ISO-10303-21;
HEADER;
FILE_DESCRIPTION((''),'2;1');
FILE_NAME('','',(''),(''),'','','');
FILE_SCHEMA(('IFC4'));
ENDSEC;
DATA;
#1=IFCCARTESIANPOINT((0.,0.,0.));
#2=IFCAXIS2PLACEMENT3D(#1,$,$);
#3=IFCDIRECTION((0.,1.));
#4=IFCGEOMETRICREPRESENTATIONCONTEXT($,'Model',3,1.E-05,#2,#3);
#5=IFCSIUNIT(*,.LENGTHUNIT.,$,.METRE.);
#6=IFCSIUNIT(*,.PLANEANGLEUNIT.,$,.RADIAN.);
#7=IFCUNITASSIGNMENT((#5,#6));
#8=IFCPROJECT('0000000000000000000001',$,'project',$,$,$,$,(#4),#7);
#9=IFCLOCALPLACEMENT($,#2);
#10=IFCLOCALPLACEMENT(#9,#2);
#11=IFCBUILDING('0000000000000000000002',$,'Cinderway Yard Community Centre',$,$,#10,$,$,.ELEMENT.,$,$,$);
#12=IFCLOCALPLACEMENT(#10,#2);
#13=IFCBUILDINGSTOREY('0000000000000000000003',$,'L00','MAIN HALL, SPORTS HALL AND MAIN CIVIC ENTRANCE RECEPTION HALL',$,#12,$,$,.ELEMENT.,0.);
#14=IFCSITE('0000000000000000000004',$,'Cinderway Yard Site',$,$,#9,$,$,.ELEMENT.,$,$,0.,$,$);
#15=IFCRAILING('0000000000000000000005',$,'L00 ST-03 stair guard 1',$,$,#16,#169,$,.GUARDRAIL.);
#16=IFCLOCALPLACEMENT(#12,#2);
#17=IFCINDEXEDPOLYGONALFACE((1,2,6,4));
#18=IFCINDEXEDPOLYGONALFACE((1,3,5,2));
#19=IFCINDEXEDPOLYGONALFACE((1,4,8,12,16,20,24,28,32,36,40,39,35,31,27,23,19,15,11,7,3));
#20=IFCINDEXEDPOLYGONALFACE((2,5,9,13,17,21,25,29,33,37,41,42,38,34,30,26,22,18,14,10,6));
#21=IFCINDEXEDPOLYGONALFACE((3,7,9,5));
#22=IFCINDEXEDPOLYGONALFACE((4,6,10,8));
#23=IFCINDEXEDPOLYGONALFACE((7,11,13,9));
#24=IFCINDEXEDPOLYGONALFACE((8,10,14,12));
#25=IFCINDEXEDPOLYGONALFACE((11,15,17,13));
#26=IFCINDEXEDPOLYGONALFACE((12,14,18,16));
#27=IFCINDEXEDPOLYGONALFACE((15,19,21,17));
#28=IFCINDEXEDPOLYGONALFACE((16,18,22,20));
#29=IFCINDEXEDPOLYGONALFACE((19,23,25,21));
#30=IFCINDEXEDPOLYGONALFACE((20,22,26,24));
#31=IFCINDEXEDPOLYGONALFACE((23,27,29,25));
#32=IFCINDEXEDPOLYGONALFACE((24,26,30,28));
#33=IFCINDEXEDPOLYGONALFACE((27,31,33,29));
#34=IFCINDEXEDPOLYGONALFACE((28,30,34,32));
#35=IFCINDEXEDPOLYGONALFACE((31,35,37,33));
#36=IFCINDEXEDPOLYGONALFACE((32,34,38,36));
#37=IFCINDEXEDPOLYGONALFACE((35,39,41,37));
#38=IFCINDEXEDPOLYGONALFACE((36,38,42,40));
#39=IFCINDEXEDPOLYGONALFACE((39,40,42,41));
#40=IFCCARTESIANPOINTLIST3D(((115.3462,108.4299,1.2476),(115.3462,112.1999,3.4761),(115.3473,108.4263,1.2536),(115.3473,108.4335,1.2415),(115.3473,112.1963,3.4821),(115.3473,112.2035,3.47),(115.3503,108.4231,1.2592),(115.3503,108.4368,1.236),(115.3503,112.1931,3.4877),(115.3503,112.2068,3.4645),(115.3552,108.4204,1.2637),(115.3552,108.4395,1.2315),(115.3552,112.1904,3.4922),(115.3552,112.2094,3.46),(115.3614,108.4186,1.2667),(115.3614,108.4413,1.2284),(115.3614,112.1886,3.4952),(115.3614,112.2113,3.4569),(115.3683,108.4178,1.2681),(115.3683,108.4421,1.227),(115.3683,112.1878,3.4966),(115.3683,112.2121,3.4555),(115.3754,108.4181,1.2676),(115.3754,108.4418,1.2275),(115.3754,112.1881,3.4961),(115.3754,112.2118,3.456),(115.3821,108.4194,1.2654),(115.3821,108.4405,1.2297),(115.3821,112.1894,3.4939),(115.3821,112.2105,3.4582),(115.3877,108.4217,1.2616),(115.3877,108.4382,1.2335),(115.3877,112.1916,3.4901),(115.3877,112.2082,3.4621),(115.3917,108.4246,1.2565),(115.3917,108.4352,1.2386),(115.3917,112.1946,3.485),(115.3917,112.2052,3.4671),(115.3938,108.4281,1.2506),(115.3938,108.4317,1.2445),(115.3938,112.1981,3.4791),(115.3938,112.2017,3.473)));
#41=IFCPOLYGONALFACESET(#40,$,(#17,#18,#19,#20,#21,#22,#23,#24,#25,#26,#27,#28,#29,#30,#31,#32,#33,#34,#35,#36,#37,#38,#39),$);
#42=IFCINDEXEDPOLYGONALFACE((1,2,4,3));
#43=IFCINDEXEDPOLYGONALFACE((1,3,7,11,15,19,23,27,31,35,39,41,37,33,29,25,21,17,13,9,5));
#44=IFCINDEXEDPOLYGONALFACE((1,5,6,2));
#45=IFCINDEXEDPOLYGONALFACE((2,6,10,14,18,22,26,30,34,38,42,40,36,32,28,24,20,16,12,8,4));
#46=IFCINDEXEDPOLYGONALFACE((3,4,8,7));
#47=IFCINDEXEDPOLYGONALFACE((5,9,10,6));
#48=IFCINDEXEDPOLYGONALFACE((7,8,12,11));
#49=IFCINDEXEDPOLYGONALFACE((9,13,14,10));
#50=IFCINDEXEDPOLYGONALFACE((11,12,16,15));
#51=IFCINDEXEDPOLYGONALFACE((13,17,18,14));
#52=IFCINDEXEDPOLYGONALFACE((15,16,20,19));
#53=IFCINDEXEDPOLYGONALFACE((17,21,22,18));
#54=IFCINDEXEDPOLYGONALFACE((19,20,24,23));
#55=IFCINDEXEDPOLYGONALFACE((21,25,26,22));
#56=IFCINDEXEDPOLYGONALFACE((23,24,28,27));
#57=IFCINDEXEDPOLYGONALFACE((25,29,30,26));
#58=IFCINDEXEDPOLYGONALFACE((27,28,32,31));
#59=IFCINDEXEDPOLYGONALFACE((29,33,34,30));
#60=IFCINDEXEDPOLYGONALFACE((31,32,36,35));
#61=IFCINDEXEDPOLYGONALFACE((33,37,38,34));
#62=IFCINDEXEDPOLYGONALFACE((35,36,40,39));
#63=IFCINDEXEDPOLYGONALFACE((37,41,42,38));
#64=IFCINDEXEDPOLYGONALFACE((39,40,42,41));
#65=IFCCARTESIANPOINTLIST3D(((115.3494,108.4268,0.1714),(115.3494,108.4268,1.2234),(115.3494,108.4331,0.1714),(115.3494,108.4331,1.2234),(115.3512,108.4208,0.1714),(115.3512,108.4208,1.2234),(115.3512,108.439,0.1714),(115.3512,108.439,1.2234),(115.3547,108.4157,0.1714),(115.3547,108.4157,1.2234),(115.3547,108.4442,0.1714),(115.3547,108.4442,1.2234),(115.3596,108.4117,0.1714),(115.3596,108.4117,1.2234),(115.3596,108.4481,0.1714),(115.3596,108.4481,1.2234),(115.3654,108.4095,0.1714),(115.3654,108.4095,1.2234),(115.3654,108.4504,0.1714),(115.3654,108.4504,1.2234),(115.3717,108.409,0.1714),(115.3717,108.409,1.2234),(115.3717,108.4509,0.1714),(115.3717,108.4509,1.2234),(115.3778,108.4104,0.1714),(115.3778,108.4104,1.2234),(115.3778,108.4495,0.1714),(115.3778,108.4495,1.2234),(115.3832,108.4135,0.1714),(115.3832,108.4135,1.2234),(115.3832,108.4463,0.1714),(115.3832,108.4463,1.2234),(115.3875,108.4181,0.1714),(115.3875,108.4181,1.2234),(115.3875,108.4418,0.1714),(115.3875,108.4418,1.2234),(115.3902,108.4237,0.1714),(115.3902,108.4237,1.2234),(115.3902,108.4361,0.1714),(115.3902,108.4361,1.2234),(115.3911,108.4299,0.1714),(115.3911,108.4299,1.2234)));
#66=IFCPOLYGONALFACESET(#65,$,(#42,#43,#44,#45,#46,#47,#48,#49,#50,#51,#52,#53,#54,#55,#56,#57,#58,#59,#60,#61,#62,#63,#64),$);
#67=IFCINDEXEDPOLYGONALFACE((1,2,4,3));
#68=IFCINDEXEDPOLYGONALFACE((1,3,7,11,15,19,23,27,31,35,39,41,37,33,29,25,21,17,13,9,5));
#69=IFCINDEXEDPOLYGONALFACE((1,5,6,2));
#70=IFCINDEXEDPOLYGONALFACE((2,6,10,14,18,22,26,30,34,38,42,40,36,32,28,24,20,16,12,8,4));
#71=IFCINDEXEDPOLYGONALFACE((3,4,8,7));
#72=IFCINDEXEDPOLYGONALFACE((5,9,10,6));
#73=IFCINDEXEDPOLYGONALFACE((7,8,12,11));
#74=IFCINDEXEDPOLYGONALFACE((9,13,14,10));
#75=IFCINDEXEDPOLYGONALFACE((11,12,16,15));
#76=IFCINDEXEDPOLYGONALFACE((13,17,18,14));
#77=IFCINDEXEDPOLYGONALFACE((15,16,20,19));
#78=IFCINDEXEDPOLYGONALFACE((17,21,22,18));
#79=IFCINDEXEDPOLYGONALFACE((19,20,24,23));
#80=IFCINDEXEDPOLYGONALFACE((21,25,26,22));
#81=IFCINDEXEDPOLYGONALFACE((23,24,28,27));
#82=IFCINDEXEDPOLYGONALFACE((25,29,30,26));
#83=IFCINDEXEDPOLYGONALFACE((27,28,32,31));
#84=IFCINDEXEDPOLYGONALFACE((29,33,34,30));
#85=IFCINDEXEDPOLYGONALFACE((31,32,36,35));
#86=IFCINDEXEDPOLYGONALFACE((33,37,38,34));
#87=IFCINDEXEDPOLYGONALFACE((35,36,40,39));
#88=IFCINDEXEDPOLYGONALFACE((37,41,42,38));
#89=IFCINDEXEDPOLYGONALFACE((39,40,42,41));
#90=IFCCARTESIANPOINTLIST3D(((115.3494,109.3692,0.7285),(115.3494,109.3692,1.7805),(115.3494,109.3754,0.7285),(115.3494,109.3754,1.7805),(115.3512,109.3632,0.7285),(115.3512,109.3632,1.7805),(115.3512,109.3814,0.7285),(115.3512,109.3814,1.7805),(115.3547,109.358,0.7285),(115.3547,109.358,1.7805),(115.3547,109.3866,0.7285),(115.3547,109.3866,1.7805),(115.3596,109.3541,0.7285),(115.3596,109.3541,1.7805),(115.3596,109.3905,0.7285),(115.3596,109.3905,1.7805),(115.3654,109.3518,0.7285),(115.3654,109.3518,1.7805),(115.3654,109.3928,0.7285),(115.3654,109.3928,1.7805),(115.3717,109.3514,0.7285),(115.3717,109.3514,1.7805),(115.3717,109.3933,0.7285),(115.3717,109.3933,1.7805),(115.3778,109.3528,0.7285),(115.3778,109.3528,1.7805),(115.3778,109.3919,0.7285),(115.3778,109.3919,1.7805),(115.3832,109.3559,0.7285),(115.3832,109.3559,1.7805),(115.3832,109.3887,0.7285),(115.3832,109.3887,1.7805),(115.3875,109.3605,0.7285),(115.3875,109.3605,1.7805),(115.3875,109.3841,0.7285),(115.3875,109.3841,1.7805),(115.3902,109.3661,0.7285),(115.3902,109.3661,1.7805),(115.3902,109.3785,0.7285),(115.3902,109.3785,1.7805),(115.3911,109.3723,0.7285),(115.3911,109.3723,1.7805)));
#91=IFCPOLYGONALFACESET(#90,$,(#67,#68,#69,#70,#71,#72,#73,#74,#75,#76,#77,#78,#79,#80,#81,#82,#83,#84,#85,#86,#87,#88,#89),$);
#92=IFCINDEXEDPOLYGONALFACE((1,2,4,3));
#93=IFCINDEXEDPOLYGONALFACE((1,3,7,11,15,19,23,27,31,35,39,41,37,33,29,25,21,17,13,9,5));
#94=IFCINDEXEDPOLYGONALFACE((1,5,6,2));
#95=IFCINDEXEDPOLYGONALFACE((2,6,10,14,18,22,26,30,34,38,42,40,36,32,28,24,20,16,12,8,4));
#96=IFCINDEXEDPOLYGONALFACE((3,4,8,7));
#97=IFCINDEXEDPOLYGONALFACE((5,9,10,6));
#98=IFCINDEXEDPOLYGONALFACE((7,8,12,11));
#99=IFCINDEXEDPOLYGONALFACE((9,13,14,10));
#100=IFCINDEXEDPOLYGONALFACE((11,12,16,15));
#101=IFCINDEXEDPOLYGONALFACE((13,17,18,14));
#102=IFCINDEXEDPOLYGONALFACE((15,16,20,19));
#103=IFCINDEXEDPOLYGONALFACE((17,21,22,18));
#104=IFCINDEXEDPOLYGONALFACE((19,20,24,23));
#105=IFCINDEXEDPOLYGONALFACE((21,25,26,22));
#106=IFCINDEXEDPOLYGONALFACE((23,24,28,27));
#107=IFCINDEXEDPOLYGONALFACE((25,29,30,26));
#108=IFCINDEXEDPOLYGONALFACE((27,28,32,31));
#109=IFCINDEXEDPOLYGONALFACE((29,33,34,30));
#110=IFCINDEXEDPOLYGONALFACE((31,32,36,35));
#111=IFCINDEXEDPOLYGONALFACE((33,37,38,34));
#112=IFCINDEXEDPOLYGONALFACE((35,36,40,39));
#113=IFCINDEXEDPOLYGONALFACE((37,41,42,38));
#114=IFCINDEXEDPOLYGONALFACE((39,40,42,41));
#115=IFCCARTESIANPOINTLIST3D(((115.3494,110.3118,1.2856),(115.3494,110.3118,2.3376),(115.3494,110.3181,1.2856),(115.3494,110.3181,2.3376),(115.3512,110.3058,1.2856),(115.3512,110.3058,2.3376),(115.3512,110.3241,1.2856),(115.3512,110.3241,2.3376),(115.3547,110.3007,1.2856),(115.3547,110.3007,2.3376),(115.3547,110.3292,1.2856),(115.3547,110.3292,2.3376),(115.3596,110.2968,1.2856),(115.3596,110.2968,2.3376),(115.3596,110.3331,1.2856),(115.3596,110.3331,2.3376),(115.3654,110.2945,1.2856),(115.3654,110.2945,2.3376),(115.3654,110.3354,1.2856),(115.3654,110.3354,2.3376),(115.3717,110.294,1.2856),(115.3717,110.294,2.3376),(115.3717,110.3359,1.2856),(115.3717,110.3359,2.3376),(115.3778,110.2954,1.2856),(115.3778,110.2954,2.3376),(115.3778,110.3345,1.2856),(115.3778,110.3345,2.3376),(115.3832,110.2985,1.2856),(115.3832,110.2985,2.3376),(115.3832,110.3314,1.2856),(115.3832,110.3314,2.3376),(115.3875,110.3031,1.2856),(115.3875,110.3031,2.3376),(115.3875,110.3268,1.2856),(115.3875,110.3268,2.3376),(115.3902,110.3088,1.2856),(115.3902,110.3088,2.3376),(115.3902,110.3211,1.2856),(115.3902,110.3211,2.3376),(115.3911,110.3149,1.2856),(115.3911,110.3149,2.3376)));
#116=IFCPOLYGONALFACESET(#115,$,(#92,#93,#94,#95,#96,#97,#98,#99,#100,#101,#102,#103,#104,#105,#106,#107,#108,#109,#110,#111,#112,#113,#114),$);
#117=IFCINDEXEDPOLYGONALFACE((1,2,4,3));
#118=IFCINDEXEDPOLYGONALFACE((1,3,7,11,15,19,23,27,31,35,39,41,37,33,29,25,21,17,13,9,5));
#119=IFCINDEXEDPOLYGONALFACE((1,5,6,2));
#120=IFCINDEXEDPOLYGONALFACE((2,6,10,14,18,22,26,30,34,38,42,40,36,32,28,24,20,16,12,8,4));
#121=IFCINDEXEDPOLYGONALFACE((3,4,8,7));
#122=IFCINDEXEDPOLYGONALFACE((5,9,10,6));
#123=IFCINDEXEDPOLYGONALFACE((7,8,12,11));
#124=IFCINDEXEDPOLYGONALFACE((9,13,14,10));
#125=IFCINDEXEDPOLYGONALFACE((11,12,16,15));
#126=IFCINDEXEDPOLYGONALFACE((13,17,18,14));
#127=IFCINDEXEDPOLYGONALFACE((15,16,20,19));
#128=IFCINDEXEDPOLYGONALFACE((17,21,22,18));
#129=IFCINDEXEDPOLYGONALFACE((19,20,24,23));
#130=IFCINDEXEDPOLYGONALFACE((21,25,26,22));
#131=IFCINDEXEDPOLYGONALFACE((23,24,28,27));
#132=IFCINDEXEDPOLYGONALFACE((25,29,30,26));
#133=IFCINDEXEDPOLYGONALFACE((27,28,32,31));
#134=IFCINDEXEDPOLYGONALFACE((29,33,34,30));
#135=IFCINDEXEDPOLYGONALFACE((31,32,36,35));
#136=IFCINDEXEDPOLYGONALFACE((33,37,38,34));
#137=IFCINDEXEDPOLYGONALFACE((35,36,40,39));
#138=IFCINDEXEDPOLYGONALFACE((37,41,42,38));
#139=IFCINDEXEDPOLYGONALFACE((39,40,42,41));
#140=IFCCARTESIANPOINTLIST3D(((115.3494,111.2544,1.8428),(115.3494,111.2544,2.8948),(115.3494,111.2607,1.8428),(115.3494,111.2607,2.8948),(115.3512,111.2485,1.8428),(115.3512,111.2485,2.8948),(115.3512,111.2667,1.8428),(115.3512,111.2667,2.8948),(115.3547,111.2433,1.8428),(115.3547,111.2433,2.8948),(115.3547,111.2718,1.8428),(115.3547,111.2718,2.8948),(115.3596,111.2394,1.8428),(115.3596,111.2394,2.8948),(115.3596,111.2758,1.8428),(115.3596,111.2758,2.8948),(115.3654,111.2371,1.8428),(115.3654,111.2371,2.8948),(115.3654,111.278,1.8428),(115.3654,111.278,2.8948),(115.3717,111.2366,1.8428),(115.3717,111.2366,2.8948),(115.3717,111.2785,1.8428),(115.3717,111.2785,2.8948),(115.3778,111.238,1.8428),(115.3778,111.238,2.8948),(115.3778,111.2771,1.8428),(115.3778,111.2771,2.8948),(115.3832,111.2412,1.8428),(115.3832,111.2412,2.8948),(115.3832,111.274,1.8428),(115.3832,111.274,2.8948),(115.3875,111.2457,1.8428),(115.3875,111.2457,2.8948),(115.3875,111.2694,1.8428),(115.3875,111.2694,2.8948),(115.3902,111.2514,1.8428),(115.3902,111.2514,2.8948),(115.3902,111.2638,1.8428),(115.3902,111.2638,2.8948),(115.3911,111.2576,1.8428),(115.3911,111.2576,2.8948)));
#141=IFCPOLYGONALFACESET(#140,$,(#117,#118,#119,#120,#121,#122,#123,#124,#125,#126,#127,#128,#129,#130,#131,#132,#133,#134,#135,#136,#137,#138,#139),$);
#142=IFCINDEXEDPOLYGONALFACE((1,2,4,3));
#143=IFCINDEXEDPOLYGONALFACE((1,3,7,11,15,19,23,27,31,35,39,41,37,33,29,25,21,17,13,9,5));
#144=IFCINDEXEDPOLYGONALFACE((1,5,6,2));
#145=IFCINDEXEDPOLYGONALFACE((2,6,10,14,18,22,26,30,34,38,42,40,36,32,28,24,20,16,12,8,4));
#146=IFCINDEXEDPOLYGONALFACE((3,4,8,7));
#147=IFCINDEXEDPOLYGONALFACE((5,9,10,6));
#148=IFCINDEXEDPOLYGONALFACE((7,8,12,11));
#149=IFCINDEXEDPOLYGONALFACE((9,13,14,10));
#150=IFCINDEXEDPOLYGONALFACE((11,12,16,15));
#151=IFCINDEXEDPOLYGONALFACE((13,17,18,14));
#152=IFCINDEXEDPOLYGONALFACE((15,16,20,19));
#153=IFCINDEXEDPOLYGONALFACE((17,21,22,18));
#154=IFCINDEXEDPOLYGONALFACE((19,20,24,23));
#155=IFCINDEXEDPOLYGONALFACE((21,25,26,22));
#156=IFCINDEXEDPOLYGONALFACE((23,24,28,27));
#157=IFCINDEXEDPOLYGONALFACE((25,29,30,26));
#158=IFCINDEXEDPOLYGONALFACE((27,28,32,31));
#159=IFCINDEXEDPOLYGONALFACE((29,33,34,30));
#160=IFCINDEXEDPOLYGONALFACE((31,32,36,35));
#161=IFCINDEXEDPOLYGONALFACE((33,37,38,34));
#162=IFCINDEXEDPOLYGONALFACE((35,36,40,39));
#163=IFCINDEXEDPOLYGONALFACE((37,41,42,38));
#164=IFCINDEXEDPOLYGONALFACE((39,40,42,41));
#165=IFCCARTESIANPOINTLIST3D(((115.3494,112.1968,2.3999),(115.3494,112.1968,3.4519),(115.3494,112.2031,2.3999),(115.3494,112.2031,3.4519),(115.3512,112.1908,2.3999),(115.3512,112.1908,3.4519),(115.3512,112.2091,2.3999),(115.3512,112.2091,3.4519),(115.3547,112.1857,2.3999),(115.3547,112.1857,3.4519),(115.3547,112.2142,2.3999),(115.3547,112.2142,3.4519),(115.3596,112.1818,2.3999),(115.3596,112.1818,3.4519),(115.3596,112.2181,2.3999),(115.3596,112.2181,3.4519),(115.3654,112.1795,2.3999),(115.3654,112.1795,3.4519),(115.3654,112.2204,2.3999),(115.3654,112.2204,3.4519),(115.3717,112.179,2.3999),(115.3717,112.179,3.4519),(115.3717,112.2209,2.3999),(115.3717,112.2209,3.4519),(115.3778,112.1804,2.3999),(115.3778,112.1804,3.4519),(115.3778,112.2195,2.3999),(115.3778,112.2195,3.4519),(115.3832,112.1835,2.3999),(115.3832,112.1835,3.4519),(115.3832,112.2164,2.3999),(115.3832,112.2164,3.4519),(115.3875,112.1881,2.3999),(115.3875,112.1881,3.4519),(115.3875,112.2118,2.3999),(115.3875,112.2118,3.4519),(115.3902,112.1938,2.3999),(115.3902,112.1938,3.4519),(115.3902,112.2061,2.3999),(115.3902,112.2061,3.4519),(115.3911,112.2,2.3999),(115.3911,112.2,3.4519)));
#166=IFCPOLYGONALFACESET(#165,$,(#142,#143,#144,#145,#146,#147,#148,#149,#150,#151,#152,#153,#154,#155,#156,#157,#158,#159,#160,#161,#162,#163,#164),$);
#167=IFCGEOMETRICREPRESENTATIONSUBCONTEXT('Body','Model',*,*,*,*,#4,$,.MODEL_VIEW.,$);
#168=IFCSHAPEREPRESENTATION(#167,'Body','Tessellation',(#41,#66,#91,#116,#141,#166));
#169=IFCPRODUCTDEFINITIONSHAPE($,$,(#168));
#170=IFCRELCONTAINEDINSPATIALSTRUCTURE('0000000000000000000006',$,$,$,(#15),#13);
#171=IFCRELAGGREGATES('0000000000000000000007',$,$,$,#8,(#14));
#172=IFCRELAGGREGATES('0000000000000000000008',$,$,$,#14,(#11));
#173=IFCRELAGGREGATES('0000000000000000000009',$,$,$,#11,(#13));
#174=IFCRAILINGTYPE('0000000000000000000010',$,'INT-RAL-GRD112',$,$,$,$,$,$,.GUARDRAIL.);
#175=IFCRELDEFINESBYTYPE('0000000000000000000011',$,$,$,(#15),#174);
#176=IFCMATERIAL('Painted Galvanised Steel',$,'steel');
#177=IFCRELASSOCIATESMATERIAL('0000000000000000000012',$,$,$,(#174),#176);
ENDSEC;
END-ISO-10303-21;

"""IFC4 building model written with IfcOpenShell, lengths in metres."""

from ifc_helpers import new_model, si_unit, direction, frame, origin, origin_2d, place, context, subcontext, project, spatial, circle, extrude, material, type_object, element, save


model = new_model("IFC4")

# Units and contexts
model_context = context("Model", 3, precision=1e-05, world=origin(), true_north=direction((0.0, 1.0)))
body_context = subcontext(model_context, "Body", "Model", "MODEL_VIEW")
ifc_project = project(units=[si_unit("LENGTHUNIT", "METRE"), si_unit("PLANEANGLEUNIT", "RADIAN")], contexts=[model_context])

# Site, building, storey
site_placement = place(None, origin())
site = spatial("IfcSite", under=ifc_project, at=site_placement, Name="Cinderway Yard Site", CompositionType="ELEMENT", RefElevation=0.0)
building_placement = place(site_placement, origin())
building = spatial("IfcBuilding", under=site, at=building_placement, Name="Cinderway Yard Community Centre", CompositionType="ELEMENT")
storey_placement = place(building_placement, origin())
storey = spatial("IfcBuildingStorey", under=building, at=storey_placement, Name="L00", Description="MAIN HALL, SPORTS HALL AND MAIN CIVIC ENTRANCE RECEPTION HALL", CompositionType="ELEMENT", Elevation=0.0)

# Shared definitions
ifc_material_1 = material(Name="Painted Galvanised Steel", Category="steel")

# Railing
railing_type_1 = type_object("IfcRailingType", Name="INT-RAL-GRD112", PredefinedType="GUARDRAIL", material=ifc_material_1)
railing_1_placement = place(storey_placement, frame((115.3701, 108.4299, 0.1714)))
element("IfcRailing", 1, at=railing_1_placement, inside=storey, type_object=railing_type_1, Name="L00 ST-03 stair guard 1", PredefinedType="GUARDRAIL", context=body_context, shape_type="SweptSolid", body=[
    extrude(circle(Radius=0.0239, at=origin_2d()), frame((0.0, 0.0, 1.0762), z_axis=(0.0, 0.860849, 0.508861), x_axis=(-1.0, 0.0, 0.0)), (0.0, 0.0, 1.0), 4.3794),
    extrude(circle(Radius=0.021, at=origin_2d()), origin(), (0.0, 0.0, 1.0), 1.052),
    extrude(circle(Radius=0.021, at=origin_2d()), frame((0.0, 0.9424, 0.5571)), (0.0, 0.0, 1.0), 1.052),
    extrude(circle(Radius=0.021, at=origin_2d()), frame((0.0, 1.885, 1.1143)), (0.0, 0.0, 1.0), 1.052),
    extrude(circle(Radius=0.021, at=origin_2d()), frame((0.0, 2.8276, 1.6714)), (0.0, 0.0, 1.0), 1.052),
    extrude(circle(Radius=0.021, at=origin_2d()), frame((0.0, 3.77, 2.2285)), (0.0, 0.0, 1.0), 1.052),
])

save(model, "model.ifc")
